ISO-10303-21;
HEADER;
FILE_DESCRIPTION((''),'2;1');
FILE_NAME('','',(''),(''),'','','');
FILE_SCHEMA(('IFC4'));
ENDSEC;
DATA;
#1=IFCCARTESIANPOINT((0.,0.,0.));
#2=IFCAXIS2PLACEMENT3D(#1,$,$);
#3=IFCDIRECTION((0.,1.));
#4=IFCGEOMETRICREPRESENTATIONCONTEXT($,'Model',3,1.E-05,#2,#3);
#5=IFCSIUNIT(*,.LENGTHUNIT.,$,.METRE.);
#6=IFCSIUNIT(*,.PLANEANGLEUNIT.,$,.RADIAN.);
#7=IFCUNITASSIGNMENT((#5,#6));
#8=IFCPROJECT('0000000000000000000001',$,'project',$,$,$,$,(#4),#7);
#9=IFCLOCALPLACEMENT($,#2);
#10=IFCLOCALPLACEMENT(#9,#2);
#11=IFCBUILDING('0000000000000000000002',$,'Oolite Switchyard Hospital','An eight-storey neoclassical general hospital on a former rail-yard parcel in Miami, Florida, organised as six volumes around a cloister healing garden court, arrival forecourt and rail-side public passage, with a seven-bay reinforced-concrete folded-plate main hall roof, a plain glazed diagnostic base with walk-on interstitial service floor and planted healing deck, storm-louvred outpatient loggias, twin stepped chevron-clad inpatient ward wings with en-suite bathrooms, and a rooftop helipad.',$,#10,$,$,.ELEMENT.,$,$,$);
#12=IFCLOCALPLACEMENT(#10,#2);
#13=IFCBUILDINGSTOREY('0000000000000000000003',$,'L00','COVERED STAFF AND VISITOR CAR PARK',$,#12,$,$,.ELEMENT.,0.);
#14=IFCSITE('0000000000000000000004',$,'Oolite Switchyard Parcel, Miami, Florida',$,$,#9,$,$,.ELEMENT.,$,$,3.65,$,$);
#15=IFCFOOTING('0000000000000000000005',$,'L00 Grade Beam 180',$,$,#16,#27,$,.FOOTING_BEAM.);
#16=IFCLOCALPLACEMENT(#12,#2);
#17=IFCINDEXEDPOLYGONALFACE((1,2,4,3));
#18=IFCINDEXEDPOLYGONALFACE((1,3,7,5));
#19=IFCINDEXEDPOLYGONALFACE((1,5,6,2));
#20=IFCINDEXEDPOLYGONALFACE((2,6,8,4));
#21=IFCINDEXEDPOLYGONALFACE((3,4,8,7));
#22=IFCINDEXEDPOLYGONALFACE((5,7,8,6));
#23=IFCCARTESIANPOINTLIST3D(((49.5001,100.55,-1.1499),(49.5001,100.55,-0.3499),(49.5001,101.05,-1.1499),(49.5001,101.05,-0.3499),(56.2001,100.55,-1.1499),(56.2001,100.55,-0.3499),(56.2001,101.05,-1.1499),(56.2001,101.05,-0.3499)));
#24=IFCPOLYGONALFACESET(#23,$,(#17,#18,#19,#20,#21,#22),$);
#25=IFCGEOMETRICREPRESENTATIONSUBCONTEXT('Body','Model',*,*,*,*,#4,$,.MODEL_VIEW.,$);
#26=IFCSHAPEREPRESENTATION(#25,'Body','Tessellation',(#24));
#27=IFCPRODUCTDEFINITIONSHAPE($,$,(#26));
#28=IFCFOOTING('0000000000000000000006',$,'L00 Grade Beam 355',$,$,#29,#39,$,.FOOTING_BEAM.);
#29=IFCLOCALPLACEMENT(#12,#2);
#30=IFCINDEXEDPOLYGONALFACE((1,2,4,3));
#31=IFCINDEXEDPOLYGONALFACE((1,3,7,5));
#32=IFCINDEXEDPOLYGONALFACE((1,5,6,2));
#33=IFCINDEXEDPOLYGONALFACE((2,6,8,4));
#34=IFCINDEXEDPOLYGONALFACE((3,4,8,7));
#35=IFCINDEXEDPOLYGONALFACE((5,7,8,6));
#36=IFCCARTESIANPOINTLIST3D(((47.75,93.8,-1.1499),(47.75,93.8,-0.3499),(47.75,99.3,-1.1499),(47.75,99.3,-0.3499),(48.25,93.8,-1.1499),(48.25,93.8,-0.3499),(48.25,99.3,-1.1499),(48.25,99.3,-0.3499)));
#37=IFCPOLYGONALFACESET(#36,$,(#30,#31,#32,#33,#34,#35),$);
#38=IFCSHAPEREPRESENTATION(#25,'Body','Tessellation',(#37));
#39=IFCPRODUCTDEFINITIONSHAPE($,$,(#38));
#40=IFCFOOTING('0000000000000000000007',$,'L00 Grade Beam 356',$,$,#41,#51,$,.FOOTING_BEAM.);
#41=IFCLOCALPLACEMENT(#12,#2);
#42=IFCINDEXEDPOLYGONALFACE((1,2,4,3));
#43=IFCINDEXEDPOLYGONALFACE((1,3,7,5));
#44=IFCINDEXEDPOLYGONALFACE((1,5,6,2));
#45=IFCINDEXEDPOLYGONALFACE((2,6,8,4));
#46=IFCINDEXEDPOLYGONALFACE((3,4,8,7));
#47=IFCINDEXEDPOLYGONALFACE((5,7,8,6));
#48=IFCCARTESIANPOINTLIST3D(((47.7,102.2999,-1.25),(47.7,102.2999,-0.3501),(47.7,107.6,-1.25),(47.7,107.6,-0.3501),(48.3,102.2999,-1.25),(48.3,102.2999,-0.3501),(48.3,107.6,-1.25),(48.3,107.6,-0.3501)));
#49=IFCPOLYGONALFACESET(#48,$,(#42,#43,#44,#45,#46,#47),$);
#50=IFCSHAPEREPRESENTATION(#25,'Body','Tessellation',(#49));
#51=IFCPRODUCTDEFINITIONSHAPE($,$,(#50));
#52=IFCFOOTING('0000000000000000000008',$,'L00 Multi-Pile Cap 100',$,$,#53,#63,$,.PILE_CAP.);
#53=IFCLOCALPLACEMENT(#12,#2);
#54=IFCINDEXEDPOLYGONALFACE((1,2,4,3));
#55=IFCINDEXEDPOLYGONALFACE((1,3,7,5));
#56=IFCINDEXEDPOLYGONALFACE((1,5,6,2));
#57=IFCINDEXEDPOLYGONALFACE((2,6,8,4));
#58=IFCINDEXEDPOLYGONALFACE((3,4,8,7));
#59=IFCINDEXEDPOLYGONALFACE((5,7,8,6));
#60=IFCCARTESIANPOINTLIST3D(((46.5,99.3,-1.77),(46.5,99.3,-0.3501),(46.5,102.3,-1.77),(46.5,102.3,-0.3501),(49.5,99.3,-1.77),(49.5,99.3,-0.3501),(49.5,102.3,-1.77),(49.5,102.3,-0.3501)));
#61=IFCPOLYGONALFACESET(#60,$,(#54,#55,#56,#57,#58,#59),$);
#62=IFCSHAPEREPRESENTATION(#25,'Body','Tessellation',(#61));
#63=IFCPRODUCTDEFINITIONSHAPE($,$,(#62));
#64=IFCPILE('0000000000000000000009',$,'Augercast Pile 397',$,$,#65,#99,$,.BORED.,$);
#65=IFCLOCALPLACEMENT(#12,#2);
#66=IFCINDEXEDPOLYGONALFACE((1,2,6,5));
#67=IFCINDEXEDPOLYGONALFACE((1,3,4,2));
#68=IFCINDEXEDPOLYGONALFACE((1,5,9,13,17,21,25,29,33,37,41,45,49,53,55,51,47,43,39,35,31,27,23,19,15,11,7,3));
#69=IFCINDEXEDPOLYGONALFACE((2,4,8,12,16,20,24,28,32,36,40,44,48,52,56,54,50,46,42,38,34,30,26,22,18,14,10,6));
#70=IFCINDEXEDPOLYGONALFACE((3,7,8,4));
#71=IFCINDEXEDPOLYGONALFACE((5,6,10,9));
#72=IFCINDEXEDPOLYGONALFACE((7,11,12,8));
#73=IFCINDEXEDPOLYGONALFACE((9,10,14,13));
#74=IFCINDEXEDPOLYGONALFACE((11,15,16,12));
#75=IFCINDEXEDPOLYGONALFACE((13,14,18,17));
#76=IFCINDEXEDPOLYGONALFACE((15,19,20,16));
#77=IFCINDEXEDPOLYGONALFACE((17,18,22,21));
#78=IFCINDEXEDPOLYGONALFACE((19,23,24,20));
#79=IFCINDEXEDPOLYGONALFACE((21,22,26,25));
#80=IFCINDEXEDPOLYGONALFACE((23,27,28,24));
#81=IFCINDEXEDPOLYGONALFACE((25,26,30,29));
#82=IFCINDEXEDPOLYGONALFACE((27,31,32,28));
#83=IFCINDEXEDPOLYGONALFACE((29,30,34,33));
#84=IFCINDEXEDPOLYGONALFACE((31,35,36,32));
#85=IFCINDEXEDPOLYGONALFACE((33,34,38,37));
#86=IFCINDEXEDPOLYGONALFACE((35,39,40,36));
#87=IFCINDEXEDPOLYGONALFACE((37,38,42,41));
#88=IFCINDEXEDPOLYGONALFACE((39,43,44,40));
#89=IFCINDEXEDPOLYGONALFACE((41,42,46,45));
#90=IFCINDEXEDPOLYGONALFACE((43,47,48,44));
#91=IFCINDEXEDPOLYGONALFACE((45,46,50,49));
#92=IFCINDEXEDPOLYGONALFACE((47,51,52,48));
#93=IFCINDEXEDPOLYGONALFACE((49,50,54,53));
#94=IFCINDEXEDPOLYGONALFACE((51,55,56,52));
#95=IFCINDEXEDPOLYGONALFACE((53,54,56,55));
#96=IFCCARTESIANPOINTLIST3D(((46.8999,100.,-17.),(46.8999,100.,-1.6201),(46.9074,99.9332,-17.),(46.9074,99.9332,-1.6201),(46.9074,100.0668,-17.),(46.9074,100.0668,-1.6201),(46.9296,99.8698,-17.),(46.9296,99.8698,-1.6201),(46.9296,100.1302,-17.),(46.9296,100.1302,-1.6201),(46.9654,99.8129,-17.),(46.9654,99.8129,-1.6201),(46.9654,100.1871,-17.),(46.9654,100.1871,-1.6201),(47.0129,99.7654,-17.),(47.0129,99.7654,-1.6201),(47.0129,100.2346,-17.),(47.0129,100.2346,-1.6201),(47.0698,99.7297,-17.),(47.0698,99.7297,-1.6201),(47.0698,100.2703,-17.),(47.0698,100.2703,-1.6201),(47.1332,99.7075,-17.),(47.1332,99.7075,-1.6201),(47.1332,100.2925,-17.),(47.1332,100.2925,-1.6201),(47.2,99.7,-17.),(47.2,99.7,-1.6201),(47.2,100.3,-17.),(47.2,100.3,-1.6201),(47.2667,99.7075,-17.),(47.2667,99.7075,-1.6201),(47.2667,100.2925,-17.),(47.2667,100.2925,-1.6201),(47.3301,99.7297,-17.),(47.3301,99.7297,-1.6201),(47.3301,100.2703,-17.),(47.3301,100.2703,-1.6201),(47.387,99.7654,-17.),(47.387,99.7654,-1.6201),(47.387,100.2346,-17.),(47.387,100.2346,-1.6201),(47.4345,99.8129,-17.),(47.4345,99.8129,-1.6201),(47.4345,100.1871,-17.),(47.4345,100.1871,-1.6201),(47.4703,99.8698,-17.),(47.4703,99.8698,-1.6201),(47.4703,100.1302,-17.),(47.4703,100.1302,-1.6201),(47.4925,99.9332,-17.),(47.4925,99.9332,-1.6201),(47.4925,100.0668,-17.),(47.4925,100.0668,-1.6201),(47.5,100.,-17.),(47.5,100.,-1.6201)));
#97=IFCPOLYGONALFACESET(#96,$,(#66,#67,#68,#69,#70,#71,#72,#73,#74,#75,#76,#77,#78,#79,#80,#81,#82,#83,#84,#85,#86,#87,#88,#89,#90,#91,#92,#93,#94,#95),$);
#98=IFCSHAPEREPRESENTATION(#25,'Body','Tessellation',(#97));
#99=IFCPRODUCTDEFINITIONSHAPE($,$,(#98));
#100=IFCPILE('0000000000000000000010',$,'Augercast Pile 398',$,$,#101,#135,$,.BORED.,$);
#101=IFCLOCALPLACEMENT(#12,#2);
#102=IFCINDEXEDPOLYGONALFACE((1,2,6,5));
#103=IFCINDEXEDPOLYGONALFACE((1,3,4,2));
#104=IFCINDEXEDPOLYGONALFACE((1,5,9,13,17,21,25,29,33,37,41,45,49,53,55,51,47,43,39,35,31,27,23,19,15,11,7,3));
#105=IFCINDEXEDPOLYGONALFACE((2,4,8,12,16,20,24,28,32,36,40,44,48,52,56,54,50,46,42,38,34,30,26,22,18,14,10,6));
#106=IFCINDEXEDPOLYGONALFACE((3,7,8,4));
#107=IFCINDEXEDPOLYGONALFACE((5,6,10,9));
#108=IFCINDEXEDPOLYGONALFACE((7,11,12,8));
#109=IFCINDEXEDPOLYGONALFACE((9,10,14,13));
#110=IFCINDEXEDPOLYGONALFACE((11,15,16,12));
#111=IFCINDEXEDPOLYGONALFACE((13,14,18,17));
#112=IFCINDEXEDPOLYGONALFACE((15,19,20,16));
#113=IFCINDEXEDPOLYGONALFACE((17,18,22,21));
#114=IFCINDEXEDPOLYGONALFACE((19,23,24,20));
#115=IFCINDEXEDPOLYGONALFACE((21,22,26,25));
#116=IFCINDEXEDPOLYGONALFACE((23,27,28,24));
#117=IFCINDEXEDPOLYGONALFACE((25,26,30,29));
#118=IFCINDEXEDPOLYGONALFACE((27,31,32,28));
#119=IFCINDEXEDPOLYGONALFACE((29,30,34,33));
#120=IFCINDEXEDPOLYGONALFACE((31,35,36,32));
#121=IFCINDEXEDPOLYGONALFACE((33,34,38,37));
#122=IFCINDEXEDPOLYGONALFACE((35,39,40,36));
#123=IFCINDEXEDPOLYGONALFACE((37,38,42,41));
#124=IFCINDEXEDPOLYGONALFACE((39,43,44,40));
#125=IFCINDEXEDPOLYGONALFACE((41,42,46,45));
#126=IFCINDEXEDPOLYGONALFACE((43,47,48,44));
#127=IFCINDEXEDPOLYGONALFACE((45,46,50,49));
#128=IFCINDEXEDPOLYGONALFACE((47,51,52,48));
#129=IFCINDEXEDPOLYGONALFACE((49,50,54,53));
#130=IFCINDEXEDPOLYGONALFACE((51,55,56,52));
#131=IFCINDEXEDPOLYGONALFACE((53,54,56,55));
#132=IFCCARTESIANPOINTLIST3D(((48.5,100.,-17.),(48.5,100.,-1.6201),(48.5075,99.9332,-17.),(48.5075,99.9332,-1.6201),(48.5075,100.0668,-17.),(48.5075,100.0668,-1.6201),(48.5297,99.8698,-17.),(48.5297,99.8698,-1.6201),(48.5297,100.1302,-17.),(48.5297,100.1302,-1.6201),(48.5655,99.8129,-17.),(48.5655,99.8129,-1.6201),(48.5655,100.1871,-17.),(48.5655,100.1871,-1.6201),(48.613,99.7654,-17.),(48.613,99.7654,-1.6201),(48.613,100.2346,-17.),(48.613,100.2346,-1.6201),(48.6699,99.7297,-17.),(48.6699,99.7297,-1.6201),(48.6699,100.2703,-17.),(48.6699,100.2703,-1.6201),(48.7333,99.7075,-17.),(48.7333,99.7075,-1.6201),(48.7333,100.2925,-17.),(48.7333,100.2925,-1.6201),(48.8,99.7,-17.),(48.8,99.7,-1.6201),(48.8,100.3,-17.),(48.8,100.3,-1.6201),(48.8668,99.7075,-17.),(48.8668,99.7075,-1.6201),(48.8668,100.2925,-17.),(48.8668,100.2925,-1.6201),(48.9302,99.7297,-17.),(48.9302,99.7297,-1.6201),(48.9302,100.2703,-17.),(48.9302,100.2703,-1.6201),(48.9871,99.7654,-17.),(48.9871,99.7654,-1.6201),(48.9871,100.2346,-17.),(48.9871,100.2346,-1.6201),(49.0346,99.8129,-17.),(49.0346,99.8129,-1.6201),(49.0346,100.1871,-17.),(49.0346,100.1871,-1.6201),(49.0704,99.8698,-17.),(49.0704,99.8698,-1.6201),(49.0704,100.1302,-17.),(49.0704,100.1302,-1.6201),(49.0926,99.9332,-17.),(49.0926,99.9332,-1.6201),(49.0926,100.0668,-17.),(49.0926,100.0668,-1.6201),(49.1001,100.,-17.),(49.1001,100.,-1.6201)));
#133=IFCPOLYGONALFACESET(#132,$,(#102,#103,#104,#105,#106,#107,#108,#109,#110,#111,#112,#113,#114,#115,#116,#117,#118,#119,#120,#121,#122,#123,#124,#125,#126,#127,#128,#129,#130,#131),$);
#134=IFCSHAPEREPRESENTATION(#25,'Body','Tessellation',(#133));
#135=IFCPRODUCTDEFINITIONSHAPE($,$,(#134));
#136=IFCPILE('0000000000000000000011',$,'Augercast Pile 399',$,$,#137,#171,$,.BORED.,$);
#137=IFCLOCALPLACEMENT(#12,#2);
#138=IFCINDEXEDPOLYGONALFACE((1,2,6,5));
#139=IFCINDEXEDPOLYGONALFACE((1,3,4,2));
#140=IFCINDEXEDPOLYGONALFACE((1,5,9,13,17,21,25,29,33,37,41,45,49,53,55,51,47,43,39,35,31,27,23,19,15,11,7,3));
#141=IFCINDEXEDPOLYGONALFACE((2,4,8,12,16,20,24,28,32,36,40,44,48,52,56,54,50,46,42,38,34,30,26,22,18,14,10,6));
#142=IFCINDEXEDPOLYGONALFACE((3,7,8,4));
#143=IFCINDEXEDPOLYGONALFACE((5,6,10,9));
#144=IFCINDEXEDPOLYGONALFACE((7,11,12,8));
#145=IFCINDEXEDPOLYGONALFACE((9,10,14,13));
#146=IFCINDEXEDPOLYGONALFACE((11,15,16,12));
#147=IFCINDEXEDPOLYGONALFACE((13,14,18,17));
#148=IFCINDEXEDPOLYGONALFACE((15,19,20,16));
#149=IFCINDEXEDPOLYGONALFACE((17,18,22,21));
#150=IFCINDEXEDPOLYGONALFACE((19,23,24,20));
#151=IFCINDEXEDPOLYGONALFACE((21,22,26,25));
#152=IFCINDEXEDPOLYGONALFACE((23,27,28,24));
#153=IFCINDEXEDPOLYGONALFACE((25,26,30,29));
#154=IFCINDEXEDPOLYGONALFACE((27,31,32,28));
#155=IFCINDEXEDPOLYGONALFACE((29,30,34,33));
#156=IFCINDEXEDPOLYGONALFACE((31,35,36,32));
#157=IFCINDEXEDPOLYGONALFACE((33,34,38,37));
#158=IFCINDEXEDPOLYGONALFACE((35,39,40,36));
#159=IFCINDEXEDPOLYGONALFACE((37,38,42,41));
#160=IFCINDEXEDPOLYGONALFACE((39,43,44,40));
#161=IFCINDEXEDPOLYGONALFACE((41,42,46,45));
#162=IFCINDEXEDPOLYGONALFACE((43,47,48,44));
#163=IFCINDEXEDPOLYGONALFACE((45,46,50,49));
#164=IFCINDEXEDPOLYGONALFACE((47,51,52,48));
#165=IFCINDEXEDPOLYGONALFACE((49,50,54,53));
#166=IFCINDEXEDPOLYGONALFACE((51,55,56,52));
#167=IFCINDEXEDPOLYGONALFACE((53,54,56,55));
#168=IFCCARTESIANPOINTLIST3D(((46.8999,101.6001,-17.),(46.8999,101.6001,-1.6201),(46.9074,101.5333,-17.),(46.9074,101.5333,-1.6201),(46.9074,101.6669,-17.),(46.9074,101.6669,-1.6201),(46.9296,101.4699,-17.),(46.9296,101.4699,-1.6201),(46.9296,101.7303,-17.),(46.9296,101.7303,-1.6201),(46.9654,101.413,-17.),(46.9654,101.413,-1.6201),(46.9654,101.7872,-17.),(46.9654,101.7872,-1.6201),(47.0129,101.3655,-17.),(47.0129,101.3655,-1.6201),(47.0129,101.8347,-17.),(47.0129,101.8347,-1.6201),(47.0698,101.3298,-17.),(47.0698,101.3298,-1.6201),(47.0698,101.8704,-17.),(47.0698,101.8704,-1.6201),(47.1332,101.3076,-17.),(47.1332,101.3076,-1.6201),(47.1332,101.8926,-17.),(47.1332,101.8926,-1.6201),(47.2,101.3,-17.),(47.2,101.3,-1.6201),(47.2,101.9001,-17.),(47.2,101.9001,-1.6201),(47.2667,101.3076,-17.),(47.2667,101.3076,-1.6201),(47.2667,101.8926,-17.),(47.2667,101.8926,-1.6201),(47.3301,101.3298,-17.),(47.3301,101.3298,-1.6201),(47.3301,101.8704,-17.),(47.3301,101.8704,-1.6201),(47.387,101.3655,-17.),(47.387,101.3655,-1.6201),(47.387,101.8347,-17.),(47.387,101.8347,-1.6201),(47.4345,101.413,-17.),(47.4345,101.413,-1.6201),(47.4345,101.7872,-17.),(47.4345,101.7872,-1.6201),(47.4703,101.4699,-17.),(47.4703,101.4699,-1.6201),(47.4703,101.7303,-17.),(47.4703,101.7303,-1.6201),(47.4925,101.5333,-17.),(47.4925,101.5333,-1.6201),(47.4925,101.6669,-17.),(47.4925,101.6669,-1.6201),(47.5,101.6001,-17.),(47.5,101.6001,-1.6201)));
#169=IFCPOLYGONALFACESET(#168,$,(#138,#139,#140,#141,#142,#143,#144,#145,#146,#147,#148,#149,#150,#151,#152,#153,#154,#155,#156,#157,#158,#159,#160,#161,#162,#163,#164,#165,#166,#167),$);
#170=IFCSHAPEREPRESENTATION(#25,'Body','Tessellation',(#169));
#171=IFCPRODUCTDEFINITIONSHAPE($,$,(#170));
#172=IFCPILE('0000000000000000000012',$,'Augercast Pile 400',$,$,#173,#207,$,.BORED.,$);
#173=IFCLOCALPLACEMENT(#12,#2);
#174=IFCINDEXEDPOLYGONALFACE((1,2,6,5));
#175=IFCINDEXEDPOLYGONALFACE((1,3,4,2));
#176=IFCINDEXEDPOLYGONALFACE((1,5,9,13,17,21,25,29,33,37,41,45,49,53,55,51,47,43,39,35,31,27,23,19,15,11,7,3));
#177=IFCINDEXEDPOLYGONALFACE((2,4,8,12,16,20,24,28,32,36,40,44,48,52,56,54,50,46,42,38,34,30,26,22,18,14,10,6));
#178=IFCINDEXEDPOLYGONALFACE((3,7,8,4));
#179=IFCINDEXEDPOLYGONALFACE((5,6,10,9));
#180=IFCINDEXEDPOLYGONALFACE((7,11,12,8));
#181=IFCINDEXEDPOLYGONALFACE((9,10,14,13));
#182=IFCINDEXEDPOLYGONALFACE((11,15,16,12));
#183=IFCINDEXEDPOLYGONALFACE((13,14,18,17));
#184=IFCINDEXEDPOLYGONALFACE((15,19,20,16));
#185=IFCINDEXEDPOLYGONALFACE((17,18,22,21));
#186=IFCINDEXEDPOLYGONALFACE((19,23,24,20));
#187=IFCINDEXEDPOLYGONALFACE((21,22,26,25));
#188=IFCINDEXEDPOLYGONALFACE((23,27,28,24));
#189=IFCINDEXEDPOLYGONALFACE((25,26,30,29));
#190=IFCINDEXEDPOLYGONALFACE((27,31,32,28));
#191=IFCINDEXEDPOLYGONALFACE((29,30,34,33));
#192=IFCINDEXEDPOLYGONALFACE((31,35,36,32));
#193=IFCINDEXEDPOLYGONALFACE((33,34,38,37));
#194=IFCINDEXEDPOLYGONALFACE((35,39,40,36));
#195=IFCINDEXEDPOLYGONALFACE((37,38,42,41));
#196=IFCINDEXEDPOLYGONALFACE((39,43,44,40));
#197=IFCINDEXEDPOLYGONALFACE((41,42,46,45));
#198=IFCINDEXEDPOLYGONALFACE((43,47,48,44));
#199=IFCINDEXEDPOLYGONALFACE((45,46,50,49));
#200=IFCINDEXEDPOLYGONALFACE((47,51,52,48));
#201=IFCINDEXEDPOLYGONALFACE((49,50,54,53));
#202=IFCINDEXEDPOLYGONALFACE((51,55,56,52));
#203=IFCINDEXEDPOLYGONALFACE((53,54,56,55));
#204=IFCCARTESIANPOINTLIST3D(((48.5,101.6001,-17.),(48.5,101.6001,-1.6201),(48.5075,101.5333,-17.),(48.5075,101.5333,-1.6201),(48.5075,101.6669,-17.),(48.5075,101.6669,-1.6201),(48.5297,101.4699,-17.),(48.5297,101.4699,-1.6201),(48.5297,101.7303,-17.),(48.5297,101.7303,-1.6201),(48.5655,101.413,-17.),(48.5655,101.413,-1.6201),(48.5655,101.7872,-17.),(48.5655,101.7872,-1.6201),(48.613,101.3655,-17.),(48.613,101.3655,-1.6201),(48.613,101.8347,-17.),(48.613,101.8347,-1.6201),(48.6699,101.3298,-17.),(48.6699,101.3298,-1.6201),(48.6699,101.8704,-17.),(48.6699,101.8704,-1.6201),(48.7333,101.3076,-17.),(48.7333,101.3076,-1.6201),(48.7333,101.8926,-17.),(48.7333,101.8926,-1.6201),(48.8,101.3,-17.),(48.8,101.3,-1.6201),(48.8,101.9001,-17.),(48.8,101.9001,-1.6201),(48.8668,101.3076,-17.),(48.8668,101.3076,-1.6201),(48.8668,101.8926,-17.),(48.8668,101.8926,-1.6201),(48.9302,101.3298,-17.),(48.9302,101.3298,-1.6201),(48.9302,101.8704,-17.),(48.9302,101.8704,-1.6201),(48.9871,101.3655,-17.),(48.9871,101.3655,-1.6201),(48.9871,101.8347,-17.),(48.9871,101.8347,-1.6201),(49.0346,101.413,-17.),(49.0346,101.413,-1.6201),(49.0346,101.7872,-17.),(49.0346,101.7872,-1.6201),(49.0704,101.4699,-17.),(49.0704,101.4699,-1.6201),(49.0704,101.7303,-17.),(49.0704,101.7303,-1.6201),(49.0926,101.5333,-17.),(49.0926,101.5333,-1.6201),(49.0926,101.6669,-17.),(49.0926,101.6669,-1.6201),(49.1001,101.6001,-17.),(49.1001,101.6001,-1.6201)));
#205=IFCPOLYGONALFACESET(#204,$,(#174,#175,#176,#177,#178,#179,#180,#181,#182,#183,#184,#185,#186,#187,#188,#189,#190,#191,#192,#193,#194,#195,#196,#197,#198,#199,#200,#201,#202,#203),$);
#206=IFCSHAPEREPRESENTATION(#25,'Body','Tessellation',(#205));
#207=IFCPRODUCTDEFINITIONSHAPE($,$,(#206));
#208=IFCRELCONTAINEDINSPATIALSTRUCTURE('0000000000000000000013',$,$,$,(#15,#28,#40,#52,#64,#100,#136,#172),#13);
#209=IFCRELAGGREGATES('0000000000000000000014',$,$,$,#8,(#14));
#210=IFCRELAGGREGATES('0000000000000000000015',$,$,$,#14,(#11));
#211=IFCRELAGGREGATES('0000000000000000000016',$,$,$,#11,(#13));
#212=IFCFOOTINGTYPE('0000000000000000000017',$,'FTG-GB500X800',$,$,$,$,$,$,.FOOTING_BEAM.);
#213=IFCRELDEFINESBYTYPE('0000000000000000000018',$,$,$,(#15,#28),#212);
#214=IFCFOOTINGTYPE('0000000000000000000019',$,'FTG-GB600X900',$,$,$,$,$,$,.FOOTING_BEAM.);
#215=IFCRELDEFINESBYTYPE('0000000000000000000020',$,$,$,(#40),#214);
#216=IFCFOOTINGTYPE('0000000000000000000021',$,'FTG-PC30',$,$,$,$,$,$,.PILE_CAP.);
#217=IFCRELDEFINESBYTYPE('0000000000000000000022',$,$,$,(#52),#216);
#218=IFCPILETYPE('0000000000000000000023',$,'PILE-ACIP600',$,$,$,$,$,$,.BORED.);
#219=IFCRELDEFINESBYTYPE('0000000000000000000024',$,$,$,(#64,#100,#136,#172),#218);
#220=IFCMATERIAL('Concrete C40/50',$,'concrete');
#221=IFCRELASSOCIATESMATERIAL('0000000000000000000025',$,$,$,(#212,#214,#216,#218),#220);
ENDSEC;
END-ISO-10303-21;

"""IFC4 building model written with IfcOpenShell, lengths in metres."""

from ifc_helpers import new_model, si_unit, direction, frame, origin, origin_2d, place, context, subcontext, project, spatial, rectangle, circle, extrude, material, material_profile, profile_set, type_object, element, save


model = new_model("IFC4")

# Units and contexts
model_context = context("Model", 3, precision=1e-05, world=origin(), true_north=direction((0.0, 1.0)))
body_context = subcontext(model_context, "Body", "Model", "MODEL_VIEW")
ifc_project = project(units=[si_unit("LENGTHUNIT", "METRE"), si_unit("PLANEANGLEUNIT", "RADIAN")], contexts=[model_context])

# Site, building, storey
site_placement = place(None, origin())
site = spatial("IfcSite", under=ifc_project, at=site_placement, Name="Oolite Switchyard Parcel, Miami, Florida", CompositionType="ELEMENT", RefElevation=3.65)
building_placement = place(site_placement, origin())
building = spatial("IfcBuilding", under=site, at=building_placement, Name="Oolite Switchyard Hospital", Description="An eight-storey neoclassical general hospital on a former rail-yard parcel in Miami, Florida, organised as six volumes around a cloister healing garden court, arrival forecourt and rail-side public passage, with a seven-bay reinforced-concrete folded-plate main hall roof, a plain glazed diagnostic base with walk-on interstitial service floor and planted healing deck, storm-louvred outpatient loggias, twin stepped chevron-clad inpatient ward wings with en-suite bathrooms, and a rooftop helipad.", CompositionType="ELEMENT")
storey_placement = place(building_placement, origin())
storey = spatial("IfcBuildingStorey", under=building, at=storey_placement, Name="L00", Description="COVERED STAFF AND VISITOR CAR PARK", CompositionType="ELEMENT", Elevation=0.0)

# Footings
ifc_material_1 = material(Name="Concrete C40/50", Category="concrete")
footing_type_1 = type_object("IfcFootingType", Name="FTG-GB500X800", PredefinedType="FOOTING_BEAM", material=ifc_material_1)
footing_1_placement = place(storey_placement, frame((52.8501, 100.8, -1.1499), z_axis=(0.0, 0.0, 1.0), x_axis=(1.0, 0.0, 0.0)))
element("IfcFooting", 1, at=footing_1_placement, inside=storey, type_object=footing_type_1, Name="L00 Grade Beam 180", PredefinedType="FOOTING_BEAM", context=body_context, shape_type="SweptSolid", body=[
    extrude(rectangle(XDim=6.7, YDim=0.5, at=origin_2d()), origin(), (0.0, 0.0, 1.0), 0.8),
])
footing_2_placement = place(storey_placement, frame((48.0, 96.55, -1.1499), z_axis=(0.0, 0.0, 1.0), x_axis=(0.0, 1.0, 0.0)))
element("IfcFooting", 2, at=footing_2_placement, inside=storey, type_object=footing_type_1, Name="L00 Grade Beam 355", PredefinedType="FOOTING_BEAM", context=body_context, shape_type="SweptSolid", body=[
    extrude(rectangle(XDim=5.5, YDim=0.5, at=origin_2d()), origin(), (0.0, 0.0, 1.0), 0.8),
])
footing_type_2 = type_object("IfcFootingType", Name="FTG-GB600X900", PredefinedType="FOOTING_BEAM", material=ifc_material_1)
footing_3_placement = place(storey_placement, frame((48.0, 104.95, -1.25), z_axis=(0.0, 0.0, 1.0), x_axis=(0.0, 1.0, 0.0)))
element("IfcFooting", 3, at=footing_3_placement, inside=storey, type_object=footing_type_2, Name="L00 Grade Beam 356", PredefinedType="FOOTING_BEAM", context=body_context, shape_type="SweptSolid", body=[
    extrude(rectangle(XDim=5.3, YDim=0.6001, at=origin_2d()), origin(), (0.0, 0.0, 1.0), 0.8999),
])
footing_type_3 = type_object("IfcFootingType", Name="FTG-PC30", PredefinedType="PILE_CAP", material=ifc_material_1)
footing_4_placement = place(storey_placement, frame((48.0, 100.8, -1.77), z_axis=(0.0, 0.0, 1.0), x_axis=(1.0, 0.0, 0.0)))
element("IfcFooting", 4, at=footing_4_placement, inside=storey, type_object=footing_type_3, Name="L00 Multi-Pile Cap 100", PredefinedType="PILE_CAP", context=body_context, shape_type="SweptSolid", body=[
    extrude(rectangle(XDim=3.0, YDim=3.0, at=origin_2d()), origin(), (0.0, 0.0, 1.0), 1.4199),
])

# Piles
ifc_material_profile_1 = material_profile(ifc_material_1, circle(Radius=0.3, at=origin_2d()), Name="PILE600")
ifc_profile_set_1 = profile_set([ifc_material_profile_1], Name="Concrete C40/50")
pile_type = type_object("IfcPileType", Name="PILE-ACIP600", PredefinedType="BORED", material=ifc_profile_set_1)
for number, where, z_axis, x_axis, name in (
    (5, (47.2, 100.0, -1.6201), (0.0, 0.0, -1.0), (1.0, 0.0, 0.0), "Augercast Pile 397"),
    (6, (48.8, 100.0, -1.6201), (0.0, 0.0, -1.0), (1.0, 0.0, 0.0), "Augercast Pile 398"),
    (7, (47.2, 101.6001, -1.6201), (0.0, 0.0, -1.0), (1.0, 0.0, 0.0), "Augercast Pile 399"),
    (8, (48.8, 101.6001, -1.6201), (0.0, 0.0, -1.0), (1.0, 0.0, 0.0), "Augercast Pile 400"),
):
    element("IfcPile", number, at=place(storey_placement, frame(where, z_axis=z_axis, x_axis=x_axis)), inside=storey, type_object=pile_type, Name=name, PredefinedType="BORED", context=body_context, shape_type="SweptSolid", body=[
        extrude(circle(Radius=0.3, at=origin_2d()), origin(), (0.0, 0.0, 1.0), 15.3799),
    ])

save(model, "model.ifc")
